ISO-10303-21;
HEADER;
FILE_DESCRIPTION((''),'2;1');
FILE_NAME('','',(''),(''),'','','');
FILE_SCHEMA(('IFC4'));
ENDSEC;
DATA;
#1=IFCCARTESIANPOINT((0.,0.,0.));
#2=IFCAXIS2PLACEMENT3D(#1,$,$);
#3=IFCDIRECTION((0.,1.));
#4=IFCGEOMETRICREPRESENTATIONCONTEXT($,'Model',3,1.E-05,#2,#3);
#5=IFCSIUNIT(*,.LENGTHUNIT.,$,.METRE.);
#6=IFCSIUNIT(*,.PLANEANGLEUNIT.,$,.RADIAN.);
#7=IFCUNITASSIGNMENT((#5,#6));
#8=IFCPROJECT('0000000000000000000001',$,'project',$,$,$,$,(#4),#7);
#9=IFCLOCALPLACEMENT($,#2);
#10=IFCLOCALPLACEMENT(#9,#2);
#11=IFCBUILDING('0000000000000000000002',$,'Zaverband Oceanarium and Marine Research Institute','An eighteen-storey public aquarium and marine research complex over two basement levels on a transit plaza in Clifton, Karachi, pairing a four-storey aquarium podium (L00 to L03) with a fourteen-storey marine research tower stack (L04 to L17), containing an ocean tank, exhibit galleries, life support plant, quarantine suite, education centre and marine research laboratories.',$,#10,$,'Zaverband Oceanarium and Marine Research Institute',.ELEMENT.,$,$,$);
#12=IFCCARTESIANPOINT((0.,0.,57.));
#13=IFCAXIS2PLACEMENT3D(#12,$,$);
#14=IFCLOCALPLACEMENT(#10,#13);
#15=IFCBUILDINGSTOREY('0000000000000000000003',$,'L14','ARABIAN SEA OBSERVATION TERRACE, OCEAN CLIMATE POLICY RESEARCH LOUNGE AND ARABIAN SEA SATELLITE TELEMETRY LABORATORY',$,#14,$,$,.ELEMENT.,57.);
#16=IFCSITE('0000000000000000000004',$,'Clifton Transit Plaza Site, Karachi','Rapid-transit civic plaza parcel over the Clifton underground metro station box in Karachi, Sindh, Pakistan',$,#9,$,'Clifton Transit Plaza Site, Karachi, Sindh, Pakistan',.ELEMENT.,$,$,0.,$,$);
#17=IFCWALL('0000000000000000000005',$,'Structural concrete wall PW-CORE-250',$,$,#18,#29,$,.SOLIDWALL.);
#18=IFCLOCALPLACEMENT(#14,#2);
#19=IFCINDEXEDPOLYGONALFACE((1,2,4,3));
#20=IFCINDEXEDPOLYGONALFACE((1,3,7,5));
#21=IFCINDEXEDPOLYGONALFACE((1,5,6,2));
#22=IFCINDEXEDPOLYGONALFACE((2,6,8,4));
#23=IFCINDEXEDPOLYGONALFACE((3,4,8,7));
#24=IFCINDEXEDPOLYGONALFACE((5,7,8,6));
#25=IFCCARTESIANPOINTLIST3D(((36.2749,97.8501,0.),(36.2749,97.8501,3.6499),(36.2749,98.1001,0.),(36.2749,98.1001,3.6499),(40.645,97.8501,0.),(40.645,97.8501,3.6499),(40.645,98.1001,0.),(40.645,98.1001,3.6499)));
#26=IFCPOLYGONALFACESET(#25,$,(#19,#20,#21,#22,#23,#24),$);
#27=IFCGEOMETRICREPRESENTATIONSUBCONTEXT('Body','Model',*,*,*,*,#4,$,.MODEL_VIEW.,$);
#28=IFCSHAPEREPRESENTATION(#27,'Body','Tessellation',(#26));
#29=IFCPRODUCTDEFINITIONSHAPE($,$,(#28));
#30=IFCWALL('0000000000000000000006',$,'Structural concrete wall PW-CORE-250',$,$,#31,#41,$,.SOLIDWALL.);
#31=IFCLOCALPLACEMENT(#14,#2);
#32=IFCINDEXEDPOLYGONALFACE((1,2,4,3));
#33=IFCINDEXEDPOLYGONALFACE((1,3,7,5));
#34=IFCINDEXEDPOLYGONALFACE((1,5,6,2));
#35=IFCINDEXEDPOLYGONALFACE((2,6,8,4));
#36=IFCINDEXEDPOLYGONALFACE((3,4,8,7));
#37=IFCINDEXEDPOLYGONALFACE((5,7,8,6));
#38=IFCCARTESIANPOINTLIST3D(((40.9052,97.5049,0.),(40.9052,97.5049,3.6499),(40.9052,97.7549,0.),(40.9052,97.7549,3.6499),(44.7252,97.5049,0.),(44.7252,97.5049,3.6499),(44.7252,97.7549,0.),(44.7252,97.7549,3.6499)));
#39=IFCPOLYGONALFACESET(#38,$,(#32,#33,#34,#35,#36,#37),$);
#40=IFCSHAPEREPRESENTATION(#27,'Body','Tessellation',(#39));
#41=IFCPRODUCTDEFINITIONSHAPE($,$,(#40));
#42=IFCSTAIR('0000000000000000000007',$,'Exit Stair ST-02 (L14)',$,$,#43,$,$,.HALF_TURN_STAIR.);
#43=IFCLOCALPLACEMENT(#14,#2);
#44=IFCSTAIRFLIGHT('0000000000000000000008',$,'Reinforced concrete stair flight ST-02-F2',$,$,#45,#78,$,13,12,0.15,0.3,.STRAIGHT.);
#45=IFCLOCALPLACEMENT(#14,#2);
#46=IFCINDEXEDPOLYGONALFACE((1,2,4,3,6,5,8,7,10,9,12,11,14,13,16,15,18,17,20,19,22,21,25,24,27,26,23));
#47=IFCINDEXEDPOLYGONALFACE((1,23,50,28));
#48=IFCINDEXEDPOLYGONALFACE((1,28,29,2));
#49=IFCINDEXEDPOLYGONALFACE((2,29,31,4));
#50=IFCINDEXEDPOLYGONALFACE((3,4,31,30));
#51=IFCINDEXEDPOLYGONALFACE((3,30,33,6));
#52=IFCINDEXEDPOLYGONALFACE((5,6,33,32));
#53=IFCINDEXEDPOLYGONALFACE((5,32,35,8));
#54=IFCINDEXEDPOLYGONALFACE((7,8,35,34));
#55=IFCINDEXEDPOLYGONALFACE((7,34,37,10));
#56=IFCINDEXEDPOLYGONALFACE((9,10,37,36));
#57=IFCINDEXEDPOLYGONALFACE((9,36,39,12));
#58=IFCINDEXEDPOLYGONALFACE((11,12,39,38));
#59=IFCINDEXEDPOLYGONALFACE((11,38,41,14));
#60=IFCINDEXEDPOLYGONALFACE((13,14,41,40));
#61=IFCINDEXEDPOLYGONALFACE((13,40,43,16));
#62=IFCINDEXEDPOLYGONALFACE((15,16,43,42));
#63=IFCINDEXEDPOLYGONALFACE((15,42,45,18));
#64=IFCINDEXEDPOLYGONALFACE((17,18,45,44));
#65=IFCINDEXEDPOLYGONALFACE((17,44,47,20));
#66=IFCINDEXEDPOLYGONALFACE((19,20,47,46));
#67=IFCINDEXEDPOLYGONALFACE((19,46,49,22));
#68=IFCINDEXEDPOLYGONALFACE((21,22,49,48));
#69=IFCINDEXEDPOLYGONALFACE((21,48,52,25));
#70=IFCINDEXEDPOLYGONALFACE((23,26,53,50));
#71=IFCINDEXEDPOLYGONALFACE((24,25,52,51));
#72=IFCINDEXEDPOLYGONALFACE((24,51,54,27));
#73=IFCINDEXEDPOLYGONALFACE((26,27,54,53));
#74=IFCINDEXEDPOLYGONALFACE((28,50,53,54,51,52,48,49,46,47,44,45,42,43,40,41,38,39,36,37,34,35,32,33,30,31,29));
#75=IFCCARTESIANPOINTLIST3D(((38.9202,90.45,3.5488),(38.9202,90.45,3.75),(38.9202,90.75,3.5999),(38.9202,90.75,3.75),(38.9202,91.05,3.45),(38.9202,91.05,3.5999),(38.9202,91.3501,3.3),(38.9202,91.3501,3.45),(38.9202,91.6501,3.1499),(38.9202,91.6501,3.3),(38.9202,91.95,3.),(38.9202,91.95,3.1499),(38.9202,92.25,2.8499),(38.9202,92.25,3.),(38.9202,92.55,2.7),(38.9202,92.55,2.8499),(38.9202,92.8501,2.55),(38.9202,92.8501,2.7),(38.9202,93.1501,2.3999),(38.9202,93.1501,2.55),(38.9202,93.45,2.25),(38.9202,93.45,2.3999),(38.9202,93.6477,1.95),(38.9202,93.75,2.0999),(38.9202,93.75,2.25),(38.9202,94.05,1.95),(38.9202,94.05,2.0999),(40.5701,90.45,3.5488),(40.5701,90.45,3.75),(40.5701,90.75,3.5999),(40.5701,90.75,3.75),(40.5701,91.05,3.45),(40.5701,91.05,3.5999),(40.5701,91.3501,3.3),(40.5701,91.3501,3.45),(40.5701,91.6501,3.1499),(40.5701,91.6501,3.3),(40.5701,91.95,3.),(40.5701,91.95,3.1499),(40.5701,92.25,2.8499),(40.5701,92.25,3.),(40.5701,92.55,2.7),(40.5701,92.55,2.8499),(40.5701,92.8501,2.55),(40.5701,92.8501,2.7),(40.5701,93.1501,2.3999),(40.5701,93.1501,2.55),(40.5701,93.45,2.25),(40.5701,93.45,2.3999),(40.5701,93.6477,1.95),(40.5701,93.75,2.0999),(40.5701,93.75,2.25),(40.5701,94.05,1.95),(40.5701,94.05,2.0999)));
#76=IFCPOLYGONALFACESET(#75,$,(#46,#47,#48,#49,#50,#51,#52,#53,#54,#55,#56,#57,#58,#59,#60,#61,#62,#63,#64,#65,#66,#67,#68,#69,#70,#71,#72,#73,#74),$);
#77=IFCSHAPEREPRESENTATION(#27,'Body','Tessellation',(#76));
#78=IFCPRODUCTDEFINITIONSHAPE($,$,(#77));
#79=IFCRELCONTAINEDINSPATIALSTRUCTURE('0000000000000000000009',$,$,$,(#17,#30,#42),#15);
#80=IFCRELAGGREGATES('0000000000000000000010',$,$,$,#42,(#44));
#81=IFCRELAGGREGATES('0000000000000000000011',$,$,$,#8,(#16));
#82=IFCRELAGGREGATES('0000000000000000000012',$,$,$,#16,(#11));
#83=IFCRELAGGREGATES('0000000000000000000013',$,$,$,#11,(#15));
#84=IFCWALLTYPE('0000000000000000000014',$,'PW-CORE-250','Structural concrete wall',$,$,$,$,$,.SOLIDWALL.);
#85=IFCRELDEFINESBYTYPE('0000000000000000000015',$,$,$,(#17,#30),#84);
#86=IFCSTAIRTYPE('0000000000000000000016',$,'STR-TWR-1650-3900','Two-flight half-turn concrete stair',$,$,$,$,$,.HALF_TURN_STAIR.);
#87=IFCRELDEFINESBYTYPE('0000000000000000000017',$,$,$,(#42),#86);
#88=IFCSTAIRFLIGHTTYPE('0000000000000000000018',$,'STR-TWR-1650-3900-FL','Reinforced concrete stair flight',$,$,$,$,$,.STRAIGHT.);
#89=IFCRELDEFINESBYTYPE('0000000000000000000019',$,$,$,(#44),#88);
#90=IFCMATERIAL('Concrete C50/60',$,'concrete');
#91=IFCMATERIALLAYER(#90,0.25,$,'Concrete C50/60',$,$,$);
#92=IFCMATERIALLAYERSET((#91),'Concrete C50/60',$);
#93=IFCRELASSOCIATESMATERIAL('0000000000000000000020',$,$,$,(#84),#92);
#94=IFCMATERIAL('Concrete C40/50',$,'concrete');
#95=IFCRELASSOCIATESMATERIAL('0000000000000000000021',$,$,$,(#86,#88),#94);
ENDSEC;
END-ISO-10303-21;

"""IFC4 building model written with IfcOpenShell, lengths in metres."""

from ifc_helpers import new_model, si_unit, direction, frame, frame_2d, origin, place, context, subcontext, project, spatial, polyline, rectangle, outline, extrude, material, layer, layer_set, type_object, element, aggregate, save


model = new_model("IFC4")

# Units and contexts
model_context = context("Model", 3, precision=1e-05, world=origin(), true_north=direction((0.0, 1.0)))
body_context = subcontext(model_context, "Body", "Model", "MODEL_VIEW")
ifc_project = project(units=[si_unit("LENGTHUNIT", "METRE"), si_unit("PLANEANGLEUNIT", "RADIAN")], contexts=[model_context])

# Site, building, storey
site_placement = place(None, origin())
site = spatial("IfcSite", under=ifc_project, at=site_placement, Name="Clifton Transit Plaza Site, Karachi", Description="Rapid-transit civic plaza parcel over the Clifton underground metro station box in Karachi, Sindh, Pakistan", LongName="Clifton Transit Plaza Site, Karachi, Sindh, Pakistan", CompositionType="ELEMENT", RefElevation=0.0)
building_placement = place(site_placement, origin())
building = spatial("IfcBuilding", under=site, at=building_placement, Name="Zaverband Oceanarium and Marine Research Institute", Description="An eighteen-storey public aquarium and marine research complex over two basement levels on a transit plaza in Clifton, Karachi, pairing a four-storey aquarium podium (L00 to L03) with a fourteen-storey marine research tower stack (L04 to L17), containing an ocean tank, exhibit galleries, life support plant, quarantine suite, education centre and marine research laboratories.", LongName="Zaverband Oceanarium and Marine Research Institute", CompositionType="ELEMENT")
storey_placement = place(building_placement, frame((0.0, 0.0, 57.0)))
storey = spatial("IfcBuildingStorey", under=building, at=storey_placement, Name="L14", Description="ARABIAN SEA OBSERVATION TERRACE, OCEAN CLIMATE POLICY RESEARCH LOUNGE AND ARABIAN SEA SATELLITE TELEMETRY LABORATORY", CompositionType="ELEMENT", Elevation=57.0)

# Shared definitions
ifc_material_1 = material(Name="Concrete C50/60", Category="concrete")

# Shared definitions
ifc_material_2 = material(Name="Concrete C40/50", Category="concrete")

# Wall
ifc_layer_1 = layer(ifc_material_1, 0.25, Name="Concrete C50/60")
ifc_layer_set_1 = layer_set([ifc_layer_1], Name="Concrete C50/60")
wall_type_1 = type_object("IfcWallType", Name="PW-CORE-250", Description="Structural concrete wall", PredefinedType="SOLIDWALL", material=ifc_layer_set_1)
wall_1_placement = place(storey_placement, frame((36.2749, 97.9751, 0.0), z_axis=(0.0, 0.0, 1.0), x_axis=(1.0, 0.0, 0.0)))
element("IfcWall", 1, at=wall_1_placement, inside=storey, type_object=wall_type_1, Name="Structural concrete wall PW-CORE-250", PredefinedType="SOLIDWALL", context=body_context, shape_type="SweptSolid", body=[
    extrude(rectangle(XDim=4.3701, YDim=0.25, at=frame_2d((2.1851, 0.0))), origin(), (0.0, 0.0, 1.0), 3.6499),
])

# Wall
wall_2_placement = place(storey_placement, frame((40.905, 97.6299, 0.0), z_axis=(0.0, 0.0, 1.0), x_axis=(1.0, 0.0, 0.0)))
element("IfcWall", 2, at=wall_2_placement, inside=storey, type_object=wall_type_1, Name="Structural concrete wall PW-CORE-250", PredefinedType="SOLIDWALL", context=body_context, shape_type="SweptSolid", body=[
    extrude(rectangle(XDim=3.8201, YDim=0.25, at=frame_2d((1.9102, 0.0))), origin(), (0.0, 0.0, 1.0), 3.6499),
])

# Stair, stair flight
stair_type = type_object("IfcStairType", Name="STR-TWR-1650-3900", Description="Two-flight half-turn concrete stair", PredefinedType="HALF_TURN_STAIR", material=ifc_material_2)
stair_placement = place(storey_placement, origin())
stair = element("IfcStair", 3, at=stair_placement, inside=storey, type_object=stair_type, Name="Exit Stair ST-02 (L14)", PredefinedType="HALF_TURN_STAIR")
stair_flight_type = type_object("IfcStairFlightType", Name="STR-TWR-1650-3900-FL", Description="Reinforced concrete stair flight", PredefinedType="STRAIGHT", material=ifc_material_2)
stair_flight_placement = place(storey_placement, frame((39.7451, 94.05, 1.95), z_axis=(0.0, 0.0, 1.0), x_axis=(0.0, -1.0, 0.0)))
stair_flight = element("IfcStairFlight", 4, at=stair_flight_placement, type_object=stair_flight_type, Name="Reinforced concrete stair flight ST-02-F2", NumberOfRisers=13, NumberOfTreads=12, PredefinedType="STRAIGHT", RiserHeight=0.15, TreadLength=0.3, context=body_context, shape_type="SweptSolid", body=[
    extrude(outline(polyline([(0.0, 0.0), (0.0, 0.1499), (0.3, 0.1499), (0.3, 0.3), (0.6001, 0.3), (0.6001, 0.45), (0.8999, 0.45), (0.8999, 0.6001), (1.2, 0.6001), (1.2, 0.75), (1.5, 0.75), (1.5, 0.8999), (1.8, 0.8999), (1.8, 1.05), (2.1001, 1.05), (2.1001, 1.2), (2.3999, 1.2), (2.3999, 1.3501), (2.7, 1.3501), (2.7, 1.5), (3.0, 1.5), (3.0, 1.6499), (3.3, 1.6499), (3.3, 1.8), (3.6001, 1.8), (3.6001, 1.95), (3.6001, 1.5989), (0.4023, 0.0), (0.0, 0.0)])), frame((0.0, 0.825, 0.0), z_axis=(0.0, -1.0, 0.0), x_axis=(1.0, 0.0, 0.0)), (0.0, 0.0, 1.0), 1.6499),
])
aggregate(stair, [stair_flight])

save(model, "model.ifc")
